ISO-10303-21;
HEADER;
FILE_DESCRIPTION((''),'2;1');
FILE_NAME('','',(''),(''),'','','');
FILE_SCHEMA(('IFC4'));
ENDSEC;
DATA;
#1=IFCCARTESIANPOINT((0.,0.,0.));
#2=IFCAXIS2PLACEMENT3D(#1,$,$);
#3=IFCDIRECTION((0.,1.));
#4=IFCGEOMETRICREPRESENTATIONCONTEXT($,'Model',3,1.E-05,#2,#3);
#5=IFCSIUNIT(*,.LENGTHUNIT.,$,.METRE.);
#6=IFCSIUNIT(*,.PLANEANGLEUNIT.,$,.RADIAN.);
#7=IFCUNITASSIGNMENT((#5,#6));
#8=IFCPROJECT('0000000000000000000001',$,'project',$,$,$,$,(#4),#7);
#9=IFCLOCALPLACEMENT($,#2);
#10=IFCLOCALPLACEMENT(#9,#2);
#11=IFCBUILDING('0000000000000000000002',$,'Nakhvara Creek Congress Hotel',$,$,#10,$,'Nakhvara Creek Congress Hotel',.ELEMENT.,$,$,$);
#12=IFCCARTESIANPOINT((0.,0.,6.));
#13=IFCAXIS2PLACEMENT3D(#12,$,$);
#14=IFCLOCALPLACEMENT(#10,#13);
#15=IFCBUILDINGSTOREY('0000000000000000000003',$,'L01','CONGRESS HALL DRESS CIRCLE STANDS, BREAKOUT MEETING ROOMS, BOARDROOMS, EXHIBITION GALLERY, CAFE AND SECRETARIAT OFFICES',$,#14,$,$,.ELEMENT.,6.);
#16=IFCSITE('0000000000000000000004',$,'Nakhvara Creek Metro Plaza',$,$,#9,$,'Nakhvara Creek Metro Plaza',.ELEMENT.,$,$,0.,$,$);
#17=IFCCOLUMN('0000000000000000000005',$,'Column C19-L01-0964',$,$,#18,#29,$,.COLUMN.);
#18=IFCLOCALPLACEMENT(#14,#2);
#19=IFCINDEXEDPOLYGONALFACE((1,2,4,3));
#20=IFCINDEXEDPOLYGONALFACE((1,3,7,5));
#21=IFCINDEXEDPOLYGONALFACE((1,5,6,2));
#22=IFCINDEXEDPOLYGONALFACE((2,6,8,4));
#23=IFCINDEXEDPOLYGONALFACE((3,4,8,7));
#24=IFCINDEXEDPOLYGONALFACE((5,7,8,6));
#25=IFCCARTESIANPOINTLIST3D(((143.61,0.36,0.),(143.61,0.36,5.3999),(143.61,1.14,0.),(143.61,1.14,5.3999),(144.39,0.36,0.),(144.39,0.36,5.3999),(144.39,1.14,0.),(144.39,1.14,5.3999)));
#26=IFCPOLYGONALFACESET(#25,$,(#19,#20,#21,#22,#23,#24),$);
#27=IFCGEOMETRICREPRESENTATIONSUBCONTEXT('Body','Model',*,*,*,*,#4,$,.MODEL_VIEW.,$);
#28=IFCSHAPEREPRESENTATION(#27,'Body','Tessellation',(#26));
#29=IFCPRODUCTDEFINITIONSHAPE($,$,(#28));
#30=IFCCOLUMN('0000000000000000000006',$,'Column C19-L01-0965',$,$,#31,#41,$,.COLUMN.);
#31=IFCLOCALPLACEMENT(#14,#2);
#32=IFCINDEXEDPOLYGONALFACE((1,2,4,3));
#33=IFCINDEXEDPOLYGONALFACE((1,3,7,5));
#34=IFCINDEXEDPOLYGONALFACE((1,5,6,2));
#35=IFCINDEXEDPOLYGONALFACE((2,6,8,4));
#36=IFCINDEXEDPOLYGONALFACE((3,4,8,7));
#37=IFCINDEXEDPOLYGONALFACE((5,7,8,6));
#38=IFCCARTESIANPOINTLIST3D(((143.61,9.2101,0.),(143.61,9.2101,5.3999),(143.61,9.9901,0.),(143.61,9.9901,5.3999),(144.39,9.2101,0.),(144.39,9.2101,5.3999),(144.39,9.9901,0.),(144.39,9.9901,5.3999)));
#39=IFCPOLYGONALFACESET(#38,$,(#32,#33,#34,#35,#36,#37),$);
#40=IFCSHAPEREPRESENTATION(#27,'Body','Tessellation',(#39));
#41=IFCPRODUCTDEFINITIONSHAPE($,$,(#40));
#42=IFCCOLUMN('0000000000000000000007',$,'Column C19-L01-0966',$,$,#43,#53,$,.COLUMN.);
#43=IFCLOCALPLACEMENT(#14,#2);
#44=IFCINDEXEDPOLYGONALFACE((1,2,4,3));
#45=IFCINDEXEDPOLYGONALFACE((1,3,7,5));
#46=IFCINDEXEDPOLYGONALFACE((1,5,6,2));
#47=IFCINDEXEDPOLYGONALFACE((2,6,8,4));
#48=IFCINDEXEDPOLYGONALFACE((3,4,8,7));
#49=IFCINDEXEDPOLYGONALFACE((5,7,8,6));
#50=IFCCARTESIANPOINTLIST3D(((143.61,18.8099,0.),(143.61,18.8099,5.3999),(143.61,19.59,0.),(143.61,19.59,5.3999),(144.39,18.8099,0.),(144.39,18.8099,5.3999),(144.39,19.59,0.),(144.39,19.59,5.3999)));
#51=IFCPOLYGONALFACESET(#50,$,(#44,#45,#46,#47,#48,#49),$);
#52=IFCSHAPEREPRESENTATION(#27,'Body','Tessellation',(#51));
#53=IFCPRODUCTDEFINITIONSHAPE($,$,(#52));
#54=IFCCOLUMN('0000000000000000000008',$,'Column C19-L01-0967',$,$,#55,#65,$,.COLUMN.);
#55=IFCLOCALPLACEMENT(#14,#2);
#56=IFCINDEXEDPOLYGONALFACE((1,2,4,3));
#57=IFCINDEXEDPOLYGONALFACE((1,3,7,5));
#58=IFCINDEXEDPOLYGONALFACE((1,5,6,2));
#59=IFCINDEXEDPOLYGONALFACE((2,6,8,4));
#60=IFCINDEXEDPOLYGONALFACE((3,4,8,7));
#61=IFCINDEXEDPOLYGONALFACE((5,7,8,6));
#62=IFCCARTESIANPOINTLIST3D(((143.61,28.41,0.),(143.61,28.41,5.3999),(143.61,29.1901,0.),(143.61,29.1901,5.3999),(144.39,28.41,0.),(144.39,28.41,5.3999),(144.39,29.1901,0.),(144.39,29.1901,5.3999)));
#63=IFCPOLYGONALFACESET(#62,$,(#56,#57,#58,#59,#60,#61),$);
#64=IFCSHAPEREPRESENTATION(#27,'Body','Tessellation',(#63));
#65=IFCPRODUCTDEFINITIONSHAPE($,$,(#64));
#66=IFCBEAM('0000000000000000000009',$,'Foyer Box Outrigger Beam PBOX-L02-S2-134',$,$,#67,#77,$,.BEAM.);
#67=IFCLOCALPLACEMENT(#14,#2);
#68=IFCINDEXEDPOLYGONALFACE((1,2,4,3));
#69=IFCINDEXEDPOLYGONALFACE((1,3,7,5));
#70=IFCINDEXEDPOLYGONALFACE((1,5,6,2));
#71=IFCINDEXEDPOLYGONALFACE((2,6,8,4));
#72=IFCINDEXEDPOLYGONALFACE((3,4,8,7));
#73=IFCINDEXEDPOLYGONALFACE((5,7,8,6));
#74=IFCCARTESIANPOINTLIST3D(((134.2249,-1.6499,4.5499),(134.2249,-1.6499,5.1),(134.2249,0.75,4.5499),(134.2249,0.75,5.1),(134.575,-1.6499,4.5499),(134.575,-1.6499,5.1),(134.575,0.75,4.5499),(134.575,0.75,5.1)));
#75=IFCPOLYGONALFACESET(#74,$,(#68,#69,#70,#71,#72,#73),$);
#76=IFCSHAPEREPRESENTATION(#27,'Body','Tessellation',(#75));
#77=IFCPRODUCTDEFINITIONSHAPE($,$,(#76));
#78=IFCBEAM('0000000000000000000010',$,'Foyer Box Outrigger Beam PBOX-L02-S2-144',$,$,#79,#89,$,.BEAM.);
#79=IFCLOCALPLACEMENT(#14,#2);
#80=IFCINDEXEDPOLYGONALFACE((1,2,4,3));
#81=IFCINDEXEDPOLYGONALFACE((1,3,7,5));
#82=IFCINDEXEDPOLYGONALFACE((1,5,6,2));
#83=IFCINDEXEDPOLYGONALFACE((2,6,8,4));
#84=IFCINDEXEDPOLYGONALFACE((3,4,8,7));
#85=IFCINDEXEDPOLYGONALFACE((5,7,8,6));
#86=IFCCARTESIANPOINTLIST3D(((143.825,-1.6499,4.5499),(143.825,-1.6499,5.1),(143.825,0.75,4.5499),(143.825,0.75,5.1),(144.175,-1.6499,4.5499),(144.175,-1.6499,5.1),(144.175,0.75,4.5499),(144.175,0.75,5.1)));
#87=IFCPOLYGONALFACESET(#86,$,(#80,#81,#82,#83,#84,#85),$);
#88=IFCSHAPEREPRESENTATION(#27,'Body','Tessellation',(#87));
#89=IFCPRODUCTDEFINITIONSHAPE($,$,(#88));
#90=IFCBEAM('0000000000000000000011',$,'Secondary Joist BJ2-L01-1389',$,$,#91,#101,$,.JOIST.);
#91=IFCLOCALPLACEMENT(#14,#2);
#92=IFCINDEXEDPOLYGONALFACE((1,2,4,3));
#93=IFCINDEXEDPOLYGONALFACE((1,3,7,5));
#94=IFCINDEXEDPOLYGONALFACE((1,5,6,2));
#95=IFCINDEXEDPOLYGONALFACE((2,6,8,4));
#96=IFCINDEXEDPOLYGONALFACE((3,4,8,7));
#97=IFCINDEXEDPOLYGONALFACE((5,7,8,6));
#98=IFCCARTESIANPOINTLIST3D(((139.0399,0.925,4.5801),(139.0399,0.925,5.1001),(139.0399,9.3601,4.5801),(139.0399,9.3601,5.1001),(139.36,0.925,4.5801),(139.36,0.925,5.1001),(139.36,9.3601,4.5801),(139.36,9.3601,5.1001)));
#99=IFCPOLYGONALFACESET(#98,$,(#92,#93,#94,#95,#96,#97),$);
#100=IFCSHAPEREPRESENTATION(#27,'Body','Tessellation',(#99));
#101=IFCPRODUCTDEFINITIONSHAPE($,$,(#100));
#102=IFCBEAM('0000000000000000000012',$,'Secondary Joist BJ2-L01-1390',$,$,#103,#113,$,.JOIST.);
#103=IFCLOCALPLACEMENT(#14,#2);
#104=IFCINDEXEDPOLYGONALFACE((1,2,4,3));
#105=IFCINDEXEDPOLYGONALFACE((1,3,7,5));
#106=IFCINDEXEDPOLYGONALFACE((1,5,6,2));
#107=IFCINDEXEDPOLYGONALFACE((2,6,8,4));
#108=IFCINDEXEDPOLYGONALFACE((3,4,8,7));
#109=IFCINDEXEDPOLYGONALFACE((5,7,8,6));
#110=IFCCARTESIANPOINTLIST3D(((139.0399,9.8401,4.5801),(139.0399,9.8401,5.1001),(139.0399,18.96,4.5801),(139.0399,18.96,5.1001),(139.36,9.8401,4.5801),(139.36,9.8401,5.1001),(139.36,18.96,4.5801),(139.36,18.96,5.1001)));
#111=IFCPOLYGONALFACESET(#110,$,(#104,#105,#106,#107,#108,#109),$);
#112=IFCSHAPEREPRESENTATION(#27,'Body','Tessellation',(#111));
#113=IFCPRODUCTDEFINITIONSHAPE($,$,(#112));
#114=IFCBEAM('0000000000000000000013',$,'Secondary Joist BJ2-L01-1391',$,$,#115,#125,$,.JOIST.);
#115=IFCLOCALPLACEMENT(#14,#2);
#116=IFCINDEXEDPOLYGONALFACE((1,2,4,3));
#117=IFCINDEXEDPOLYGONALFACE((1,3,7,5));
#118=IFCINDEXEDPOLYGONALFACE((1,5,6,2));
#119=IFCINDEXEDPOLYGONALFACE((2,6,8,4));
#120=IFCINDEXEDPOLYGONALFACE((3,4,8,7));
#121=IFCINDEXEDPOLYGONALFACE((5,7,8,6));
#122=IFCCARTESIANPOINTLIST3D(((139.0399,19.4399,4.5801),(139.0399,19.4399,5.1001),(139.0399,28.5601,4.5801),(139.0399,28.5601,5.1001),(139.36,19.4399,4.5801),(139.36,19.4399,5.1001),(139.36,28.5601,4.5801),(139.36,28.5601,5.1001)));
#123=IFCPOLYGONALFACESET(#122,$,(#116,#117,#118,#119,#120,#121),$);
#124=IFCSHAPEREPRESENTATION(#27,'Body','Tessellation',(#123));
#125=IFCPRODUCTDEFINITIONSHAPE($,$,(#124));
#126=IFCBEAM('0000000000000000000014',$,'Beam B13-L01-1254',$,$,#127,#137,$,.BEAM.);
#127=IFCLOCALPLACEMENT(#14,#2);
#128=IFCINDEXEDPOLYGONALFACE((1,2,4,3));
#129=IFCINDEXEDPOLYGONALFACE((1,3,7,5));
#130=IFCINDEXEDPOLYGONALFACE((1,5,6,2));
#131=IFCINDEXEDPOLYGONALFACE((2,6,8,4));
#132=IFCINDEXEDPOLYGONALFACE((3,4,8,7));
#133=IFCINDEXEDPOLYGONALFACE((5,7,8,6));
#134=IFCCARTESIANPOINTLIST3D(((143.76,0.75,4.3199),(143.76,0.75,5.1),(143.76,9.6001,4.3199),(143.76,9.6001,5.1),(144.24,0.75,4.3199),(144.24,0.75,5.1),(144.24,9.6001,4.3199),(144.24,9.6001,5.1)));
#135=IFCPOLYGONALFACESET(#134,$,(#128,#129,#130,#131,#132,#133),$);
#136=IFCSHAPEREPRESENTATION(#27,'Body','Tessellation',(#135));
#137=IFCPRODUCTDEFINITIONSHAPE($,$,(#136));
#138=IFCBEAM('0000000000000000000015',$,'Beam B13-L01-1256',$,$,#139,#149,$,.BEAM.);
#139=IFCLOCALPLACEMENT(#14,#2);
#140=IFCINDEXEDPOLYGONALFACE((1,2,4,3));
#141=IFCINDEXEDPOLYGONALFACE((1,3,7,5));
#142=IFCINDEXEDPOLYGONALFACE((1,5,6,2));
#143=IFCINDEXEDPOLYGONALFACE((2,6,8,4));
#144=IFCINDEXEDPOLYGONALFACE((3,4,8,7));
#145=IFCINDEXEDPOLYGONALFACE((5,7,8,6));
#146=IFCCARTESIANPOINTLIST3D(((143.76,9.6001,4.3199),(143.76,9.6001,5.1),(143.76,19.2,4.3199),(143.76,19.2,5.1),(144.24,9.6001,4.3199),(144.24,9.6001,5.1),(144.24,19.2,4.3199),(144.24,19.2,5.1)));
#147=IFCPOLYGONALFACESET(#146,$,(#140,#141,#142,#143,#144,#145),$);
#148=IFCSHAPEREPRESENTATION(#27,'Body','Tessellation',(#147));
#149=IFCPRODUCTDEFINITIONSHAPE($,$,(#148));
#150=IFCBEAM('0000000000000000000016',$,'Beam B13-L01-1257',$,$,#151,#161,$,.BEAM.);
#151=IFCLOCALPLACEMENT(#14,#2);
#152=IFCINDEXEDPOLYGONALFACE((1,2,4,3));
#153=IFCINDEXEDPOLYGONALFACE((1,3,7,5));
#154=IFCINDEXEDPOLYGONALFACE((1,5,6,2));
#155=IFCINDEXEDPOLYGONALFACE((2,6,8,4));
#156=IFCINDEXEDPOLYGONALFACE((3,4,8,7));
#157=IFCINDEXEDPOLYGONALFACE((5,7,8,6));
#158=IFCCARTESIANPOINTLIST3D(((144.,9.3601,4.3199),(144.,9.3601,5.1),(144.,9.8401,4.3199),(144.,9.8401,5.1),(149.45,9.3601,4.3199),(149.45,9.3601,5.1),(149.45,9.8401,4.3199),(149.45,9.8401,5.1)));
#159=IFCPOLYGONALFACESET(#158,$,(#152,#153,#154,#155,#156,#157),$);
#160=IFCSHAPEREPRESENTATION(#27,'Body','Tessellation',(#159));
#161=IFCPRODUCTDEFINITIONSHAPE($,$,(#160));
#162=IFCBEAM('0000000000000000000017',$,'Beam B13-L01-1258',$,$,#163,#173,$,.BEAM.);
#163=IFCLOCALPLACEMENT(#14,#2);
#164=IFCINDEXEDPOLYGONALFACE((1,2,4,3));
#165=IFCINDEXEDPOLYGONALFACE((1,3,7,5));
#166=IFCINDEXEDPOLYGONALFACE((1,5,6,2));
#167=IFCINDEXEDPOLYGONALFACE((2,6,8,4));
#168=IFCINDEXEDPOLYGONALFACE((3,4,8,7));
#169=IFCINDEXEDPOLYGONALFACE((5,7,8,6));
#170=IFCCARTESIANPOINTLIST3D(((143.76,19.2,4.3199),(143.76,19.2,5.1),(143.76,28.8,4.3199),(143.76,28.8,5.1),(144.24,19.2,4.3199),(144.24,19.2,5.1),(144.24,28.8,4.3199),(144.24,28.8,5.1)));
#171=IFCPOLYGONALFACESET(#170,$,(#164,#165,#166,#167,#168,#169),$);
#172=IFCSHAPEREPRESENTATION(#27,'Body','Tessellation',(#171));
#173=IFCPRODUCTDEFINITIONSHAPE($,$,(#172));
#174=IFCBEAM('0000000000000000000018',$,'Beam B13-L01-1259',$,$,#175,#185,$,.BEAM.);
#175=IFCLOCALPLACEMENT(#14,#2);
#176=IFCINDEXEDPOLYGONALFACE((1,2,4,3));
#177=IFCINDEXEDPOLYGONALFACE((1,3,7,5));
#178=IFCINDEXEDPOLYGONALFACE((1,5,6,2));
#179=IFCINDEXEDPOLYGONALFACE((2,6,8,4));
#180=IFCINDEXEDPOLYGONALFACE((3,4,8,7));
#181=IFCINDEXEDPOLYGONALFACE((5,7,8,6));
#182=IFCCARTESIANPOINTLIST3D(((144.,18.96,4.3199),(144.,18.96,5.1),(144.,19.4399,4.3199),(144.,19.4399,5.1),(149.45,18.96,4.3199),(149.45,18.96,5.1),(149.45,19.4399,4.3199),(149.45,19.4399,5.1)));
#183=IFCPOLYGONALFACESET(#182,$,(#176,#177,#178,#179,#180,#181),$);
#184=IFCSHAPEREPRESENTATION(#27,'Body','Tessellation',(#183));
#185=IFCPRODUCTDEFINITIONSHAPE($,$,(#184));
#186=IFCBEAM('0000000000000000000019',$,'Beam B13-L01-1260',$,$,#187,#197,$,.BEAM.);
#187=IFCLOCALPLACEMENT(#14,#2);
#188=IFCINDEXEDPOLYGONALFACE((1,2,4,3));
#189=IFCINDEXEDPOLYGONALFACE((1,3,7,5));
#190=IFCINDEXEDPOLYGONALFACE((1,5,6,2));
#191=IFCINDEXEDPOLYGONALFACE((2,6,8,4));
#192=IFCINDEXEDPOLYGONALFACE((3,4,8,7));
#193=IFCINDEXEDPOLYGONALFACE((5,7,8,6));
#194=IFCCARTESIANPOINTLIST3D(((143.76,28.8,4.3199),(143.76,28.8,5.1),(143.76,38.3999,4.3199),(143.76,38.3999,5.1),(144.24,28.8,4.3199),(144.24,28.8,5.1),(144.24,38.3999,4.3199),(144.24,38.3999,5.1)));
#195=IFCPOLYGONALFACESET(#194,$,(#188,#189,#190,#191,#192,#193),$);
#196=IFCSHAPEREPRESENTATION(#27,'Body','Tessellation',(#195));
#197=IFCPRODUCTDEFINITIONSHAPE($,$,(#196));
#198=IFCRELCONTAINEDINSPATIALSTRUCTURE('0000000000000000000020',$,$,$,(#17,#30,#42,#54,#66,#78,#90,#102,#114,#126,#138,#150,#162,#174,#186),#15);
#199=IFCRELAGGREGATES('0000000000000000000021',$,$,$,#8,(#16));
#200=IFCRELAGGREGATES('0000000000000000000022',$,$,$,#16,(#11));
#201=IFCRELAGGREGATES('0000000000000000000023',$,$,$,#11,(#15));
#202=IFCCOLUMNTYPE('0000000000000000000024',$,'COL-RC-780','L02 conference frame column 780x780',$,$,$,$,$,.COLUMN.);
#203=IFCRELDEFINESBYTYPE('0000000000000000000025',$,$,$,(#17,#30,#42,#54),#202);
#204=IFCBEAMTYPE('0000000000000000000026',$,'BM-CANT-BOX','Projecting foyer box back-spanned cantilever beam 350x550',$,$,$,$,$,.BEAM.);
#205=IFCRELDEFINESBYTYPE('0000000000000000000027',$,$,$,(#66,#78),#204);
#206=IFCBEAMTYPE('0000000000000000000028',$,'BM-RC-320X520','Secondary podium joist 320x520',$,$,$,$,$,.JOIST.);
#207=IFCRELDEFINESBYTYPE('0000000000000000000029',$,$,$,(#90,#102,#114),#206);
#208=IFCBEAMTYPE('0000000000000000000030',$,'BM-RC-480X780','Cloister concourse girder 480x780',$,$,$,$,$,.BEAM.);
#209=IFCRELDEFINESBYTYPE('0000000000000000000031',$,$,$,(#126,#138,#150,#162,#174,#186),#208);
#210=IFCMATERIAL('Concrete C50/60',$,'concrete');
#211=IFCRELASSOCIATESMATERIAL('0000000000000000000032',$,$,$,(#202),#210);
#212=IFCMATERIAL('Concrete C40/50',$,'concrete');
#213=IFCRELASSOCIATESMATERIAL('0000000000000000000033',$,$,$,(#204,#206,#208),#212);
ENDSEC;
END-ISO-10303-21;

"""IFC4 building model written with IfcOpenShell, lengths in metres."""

from ifc_helpers import new_model, si_unit, direction, frame, origin, origin_2d, place, context, subcontext, project, spatial, rectangle, extrude, material, material_profile, profile_set, type_object, element, save


model = new_model("IFC4")

# Units and contexts
model_context = context("Model", 3, precision=1e-05, world=origin(), true_north=direction((0.0, 1.0)))
body_context = subcontext(model_context, "Body", "Model", "MODEL_VIEW")
ifc_project = project(units=[si_unit("LENGTHUNIT", "METRE"), si_unit("PLANEANGLEUNIT", "RADIAN")], contexts=[model_context])

# Site, building, storey
site_placement = place(None, origin())
site = spatial("IfcSite", under=ifc_project, at=site_placement, Name="Nakhvara Creek Metro Plaza", LongName="Nakhvara Creek Metro Plaza", CompositionType="ELEMENT", RefElevation=0.0)
building_placement = place(site_placement, origin())
building = spatial("IfcBuilding", under=site, at=building_placement, Name="Nakhvara Creek Congress Hotel", LongName="Nakhvara Creek Congress Hotel", CompositionType="ELEMENT")
storey_placement = place(building_placement, frame((0.0, 0.0, 6.0)))
storey = spatial("IfcBuildingStorey", under=building, at=storey_placement, Name="L01", Description="CONGRESS HALL DRESS CIRCLE STANDS, BREAKOUT MEETING ROOMS, BOARDROOMS, EXHIBITION GALLERY, CAFE AND SECRETARIAT OFFICES", CompositionType="ELEMENT", Elevation=6.0)

# Columns
ifc_material_1 = material(Name="Concrete C50/60", Category="concrete")
ifc_material_profile_1 = material_profile(ifc_material_1, rectangle(XDim=0.78, YDim=0.78, at=origin_2d()), Name="RC-COL 780x780", Category="LoadBearing")
ifc_profile_set_1 = profile_set([ifc_material_profile_1], Name="Concrete C50/60")
column_type = type_object("IfcColumnType", Name="COL-RC-780", Description="L02 conference frame column 780x780", PredefinedType="COLUMN", material=ifc_profile_set_1)
for number, where, z_axis, x_axis, name in (
    (1, (144.0, 0.75, 0.0), (0.0, 0.0, 1.0), (1.0, 0.0, 0.0), "Column C19-L01-0964"),
    (2, (144.0, 9.6001, 0.0), (0.0, 0.0, 1.0), (1.0, 0.0, 0.0), "Column C19-L01-0965"),
    (3, (144.0, 19.2, 0.0), (0.0, 0.0, 1.0), (1.0, 0.0, 0.0), "Column C19-L01-0966"),
    (4, (144.0, 28.8, 0.0), (0.0, 0.0, 1.0), (1.0, 0.0, 0.0), "Column C19-L01-0967"),
):
    element("IfcColumn", number, at=place(storey_placement, frame(where, z_axis=z_axis, x_axis=x_axis)), inside=storey, type_object=column_type, Name=name, PredefinedType="COLUMN", context=body_context, shape_type="SweptSolid", body=[
        extrude(rectangle(XDim=0.78, YDim=0.78, at=origin_2d()), origin(), (0.0, 0.0, 1.0), 5.3999),
    ])

# Beams
ifc_material_2 = material(Name="Concrete C40/50", Category="concrete")
ifc_material_profile_2 = material_profile(ifc_material_2, rectangle(XDim=0.3501, YDim=0.55, at=origin_2d()), Name="RC-BM 350x550", Category="LoadBearing")
ifc_profile_set_2 = profile_set([ifc_material_profile_2], Name="Concrete C40/50")
beam_type_1 = type_object("IfcBeamType", Name="BM-CANT-BOX", Description="Projecting foyer box back-spanned cantilever beam 350x550", PredefinedType="BEAM", material=ifc_profile_set_2)
for number, where, z_axis, x_axis, name in (
    (5, (134.3999, 0.75, 4.825), (0.0, -1.0, 0.0), (1.0, 0.0, 0.0), "Foyer Box Outrigger Beam PBOX-L02-S2-134"),
    (6, (144.0, 0.75, 4.825), (0.0, -1.0, 0.0), (1.0, 0.0, 0.0), "Foyer Box Outrigger Beam PBOX-L02-S2-144"),
):
    element("IfcBeam", number, at=place(storey_placement, frame(where, z_axis=z_axis, x_axis=x_axis)), inside=storey, type_object=beam_type_1, Name=name, PredefinedType="BEAM", context=body_context, shape_type="SweptSolid", body=[
        extrude(rectangle(XDim=0.3501, YDim=0.55, at=origin_2d()), origin(), (0.0, 0.0, 1.0), 2.3999),
    ])
ifc_material_profile_3 = material_profile(ifc_material_2, rectangle(XDim=0.3201, YDim=0.52, at=origin_2d()), Name="RC-BM 320x520", Category="LoadBearing")
ifc_profile_set_3 = profile_set([ifc_material_profile_3], Name="Concrete C40/50")
beam_type_2 = type_object("IfcBeamType", Name="BM-RC-320X520", Description="Secondary podium joist 320x520", PredefinedType="JOIST", material=ifc_profile_set_3)
beam_1_placement = place(storey_placement, frame((139.2, 0.925, 4.8401), z_axis=(0.0, 1.0, 0.0), x_axis=(-1.0, 0.0, 0.0)))
element("IfcBeam", 7, at=beam_1_placement, inside=storey, type_object=beam_type_2, Name="Secondary Joist BJ2-L01-1389", PredefinedType="JOIST", context=body_context, shape_type="SweptSolid", body=[
    extrude(rectangle(XDim=0.3201, YDim=0.52, at=origin_2d()), origin(), (0.0, 0.0, 1.0), 8.4351),
])
beam_2_placement = place(storey_placement, frame((139.2, 9.8401, 4.8401), z_axis=(0.0, 1.0, 0.0), x_axis=(-1.0, 0.0, 0.0)))
element("IfcBeam", 8, at=beam_2_placement, inside=storey, type_object=beam_type_2, Name="Secondary Joist BJ2-L01-1390", PredefinedType="JOIST", context=body_context, shape_type="SweptSolid", body=[
    extrude(rectangle(XDim=0.3201, YDim=0.52, at=origin_2d()), origin(), (0.0, 0.0, 1.0), 9.1199),
])
beam_3_placement = place(storey_placement, frame((139.2, 19.4399, 4.8401), z_axis=(0.0, 1.0, 0.0), x_axis=(-1.0, 0.0, 0.0)))
element("IfcBeam", 9, at=beam_3_placement, inside=storey, type_object=beam_type_2, Name="Secondary Joist BJ2-L01-1391", PredefinedType="JOIST", context=body_context, shape_type="SweptSolid", body=[
    extrude(rectangle(XDim=0.3201, YDim=0.52, at=origin_2d()), origin(), (0.0, 0.0, 1.0), 9.1201),
])
ifc_material_profile_4 = material_profile(ifc_material_2, rectangle(XDim=0.48, YDim=0.78, at=origin_2d()), Name="RC-BM 480x780", Category="LoadBearing")
ifc_profile_set_4 = profile_set([ifc_material_profile_4], Name="Concrete C40/50")
beam_type_3 = type_object("IfcBeamType", Name="BM-RC-480X780", Description="Cloister concourse girder 480x780", PredefinedType="BEAM", material=ifc_profile_set_4)
beam_4_placement = place(storey_placement, frame((144.0, 0.75, 4.71), z_axis=(0.0, 1.0, 0.0), x_axis=(-1.0, 0.0, 0.0)))
element("IfcBeam", 10, at=beam_4_placement, inside=storey, type_object=beam_type_3, Name="Beam B13-L01-1254", PredefinedType="BEAM", context=body_context, shape_type="SweptSolid", body=[
    extrude(rectangle(XDim=0.48, YDim=0.78, at=origin_2d()), origin(), (0.0, 0.0, 1.0), 8.8501),
])
beam_5_placement = place(storey_placement, frame((144.0, 9.6001, 4.71), z_axis=(0.0, 1.0, 0.0), x_axis=(-1.0, 0.0, 0.0)))
element("IfcBeam", 11, at=beam_5_placement, inside=storey, type_object=beam_type_3, Name="Beam B13-L01-1256", PredefinedType="BEAM", context=body_context, shape_type="SweptSolid", body=[
    extrude(rectangle(XDim=0.48, YDim=0.78, at=origin_2d()), origin(), (0.0, 0.0, 1.0), 9.5999),
])
beam_6_placement = place(storey_placement, frame((144.0, 9.6001, 4.71), z_axis=(1.0, 0.0, 0.0), x_axis=(0.0, 1.0, 0.0)))
element("IfcBeam", 12, at=beam_6_placement, inside=storey, type_object=beam_type_3, Name="Beam B13-L01-1257", PredefinedType="BEAM", context=body_context, shape_type="SweptSolid", body=[
    extrude(rectangle(XDim=0.48, YDim=0.78, at=origin_2d()), origin(), (0.0, 0.0, 1.0), 5.45),
])
beam_7_placement = place(storey_placement, frame((144.0, 19.2, 4.71), z_axis=(0.0, 1.0, 0.0), x_axis=(-1.0, 0.0, 0.0)))
element("IfcBeam", 13, at=beam_7_placement, inside=storey, type_object=beam_type_3, Name="Beam B13-L01-1258", PredefinedType="BEAM", context=body_context, shape_type="SweptSolid", body=[
    extrude(rectangle(XDim=0.48, YDim=0.78, at=origin_2d()), origin(), (0.0, 0.0, 1.0), 9.6001),
])
beam_8_placement = place(storey_placement, frame((144.0, 19.2, 4.71), z_axis=(1.0, 0.0, 0.0), x_axis=(0.0, 1.0, 0.0)))
element("IfcBeam", 14, at=beam_8_placement, inside=storey, type_object=beam_type_3, Name="Beam B13-L01-1259", PredefinedType="BEAM", context=body_context, shape_type="SweptSolid", body=[
    extrude(rectangle(XDim=0.48, YDim=0.78, at=origin_2d()), origin(), (0.0, 0.0, 1.0), 5.45),
])
beam_9_placement = place(storey_placement, frame((144.0, 28.8, 4.71), z_axis=(0.0, 1.0, 0.0), x_axis=(-1.0, 0.0, 0.0)))
element("IfcBeam", 15, at=beam_9_placement, inside=storey, type_object=beam_type_3, Name="Beam B13-L01-1260", PredefinedType="BEAM", context=body_context, shape_type="SweptSolid", body=[
    extrude(rectangle(XDim=0.48, YDim=0.78, at=origin_2d()), origin(), (0.0, 0.0, 1.0), 9.5999),
])

save(model, "model.ifc")
